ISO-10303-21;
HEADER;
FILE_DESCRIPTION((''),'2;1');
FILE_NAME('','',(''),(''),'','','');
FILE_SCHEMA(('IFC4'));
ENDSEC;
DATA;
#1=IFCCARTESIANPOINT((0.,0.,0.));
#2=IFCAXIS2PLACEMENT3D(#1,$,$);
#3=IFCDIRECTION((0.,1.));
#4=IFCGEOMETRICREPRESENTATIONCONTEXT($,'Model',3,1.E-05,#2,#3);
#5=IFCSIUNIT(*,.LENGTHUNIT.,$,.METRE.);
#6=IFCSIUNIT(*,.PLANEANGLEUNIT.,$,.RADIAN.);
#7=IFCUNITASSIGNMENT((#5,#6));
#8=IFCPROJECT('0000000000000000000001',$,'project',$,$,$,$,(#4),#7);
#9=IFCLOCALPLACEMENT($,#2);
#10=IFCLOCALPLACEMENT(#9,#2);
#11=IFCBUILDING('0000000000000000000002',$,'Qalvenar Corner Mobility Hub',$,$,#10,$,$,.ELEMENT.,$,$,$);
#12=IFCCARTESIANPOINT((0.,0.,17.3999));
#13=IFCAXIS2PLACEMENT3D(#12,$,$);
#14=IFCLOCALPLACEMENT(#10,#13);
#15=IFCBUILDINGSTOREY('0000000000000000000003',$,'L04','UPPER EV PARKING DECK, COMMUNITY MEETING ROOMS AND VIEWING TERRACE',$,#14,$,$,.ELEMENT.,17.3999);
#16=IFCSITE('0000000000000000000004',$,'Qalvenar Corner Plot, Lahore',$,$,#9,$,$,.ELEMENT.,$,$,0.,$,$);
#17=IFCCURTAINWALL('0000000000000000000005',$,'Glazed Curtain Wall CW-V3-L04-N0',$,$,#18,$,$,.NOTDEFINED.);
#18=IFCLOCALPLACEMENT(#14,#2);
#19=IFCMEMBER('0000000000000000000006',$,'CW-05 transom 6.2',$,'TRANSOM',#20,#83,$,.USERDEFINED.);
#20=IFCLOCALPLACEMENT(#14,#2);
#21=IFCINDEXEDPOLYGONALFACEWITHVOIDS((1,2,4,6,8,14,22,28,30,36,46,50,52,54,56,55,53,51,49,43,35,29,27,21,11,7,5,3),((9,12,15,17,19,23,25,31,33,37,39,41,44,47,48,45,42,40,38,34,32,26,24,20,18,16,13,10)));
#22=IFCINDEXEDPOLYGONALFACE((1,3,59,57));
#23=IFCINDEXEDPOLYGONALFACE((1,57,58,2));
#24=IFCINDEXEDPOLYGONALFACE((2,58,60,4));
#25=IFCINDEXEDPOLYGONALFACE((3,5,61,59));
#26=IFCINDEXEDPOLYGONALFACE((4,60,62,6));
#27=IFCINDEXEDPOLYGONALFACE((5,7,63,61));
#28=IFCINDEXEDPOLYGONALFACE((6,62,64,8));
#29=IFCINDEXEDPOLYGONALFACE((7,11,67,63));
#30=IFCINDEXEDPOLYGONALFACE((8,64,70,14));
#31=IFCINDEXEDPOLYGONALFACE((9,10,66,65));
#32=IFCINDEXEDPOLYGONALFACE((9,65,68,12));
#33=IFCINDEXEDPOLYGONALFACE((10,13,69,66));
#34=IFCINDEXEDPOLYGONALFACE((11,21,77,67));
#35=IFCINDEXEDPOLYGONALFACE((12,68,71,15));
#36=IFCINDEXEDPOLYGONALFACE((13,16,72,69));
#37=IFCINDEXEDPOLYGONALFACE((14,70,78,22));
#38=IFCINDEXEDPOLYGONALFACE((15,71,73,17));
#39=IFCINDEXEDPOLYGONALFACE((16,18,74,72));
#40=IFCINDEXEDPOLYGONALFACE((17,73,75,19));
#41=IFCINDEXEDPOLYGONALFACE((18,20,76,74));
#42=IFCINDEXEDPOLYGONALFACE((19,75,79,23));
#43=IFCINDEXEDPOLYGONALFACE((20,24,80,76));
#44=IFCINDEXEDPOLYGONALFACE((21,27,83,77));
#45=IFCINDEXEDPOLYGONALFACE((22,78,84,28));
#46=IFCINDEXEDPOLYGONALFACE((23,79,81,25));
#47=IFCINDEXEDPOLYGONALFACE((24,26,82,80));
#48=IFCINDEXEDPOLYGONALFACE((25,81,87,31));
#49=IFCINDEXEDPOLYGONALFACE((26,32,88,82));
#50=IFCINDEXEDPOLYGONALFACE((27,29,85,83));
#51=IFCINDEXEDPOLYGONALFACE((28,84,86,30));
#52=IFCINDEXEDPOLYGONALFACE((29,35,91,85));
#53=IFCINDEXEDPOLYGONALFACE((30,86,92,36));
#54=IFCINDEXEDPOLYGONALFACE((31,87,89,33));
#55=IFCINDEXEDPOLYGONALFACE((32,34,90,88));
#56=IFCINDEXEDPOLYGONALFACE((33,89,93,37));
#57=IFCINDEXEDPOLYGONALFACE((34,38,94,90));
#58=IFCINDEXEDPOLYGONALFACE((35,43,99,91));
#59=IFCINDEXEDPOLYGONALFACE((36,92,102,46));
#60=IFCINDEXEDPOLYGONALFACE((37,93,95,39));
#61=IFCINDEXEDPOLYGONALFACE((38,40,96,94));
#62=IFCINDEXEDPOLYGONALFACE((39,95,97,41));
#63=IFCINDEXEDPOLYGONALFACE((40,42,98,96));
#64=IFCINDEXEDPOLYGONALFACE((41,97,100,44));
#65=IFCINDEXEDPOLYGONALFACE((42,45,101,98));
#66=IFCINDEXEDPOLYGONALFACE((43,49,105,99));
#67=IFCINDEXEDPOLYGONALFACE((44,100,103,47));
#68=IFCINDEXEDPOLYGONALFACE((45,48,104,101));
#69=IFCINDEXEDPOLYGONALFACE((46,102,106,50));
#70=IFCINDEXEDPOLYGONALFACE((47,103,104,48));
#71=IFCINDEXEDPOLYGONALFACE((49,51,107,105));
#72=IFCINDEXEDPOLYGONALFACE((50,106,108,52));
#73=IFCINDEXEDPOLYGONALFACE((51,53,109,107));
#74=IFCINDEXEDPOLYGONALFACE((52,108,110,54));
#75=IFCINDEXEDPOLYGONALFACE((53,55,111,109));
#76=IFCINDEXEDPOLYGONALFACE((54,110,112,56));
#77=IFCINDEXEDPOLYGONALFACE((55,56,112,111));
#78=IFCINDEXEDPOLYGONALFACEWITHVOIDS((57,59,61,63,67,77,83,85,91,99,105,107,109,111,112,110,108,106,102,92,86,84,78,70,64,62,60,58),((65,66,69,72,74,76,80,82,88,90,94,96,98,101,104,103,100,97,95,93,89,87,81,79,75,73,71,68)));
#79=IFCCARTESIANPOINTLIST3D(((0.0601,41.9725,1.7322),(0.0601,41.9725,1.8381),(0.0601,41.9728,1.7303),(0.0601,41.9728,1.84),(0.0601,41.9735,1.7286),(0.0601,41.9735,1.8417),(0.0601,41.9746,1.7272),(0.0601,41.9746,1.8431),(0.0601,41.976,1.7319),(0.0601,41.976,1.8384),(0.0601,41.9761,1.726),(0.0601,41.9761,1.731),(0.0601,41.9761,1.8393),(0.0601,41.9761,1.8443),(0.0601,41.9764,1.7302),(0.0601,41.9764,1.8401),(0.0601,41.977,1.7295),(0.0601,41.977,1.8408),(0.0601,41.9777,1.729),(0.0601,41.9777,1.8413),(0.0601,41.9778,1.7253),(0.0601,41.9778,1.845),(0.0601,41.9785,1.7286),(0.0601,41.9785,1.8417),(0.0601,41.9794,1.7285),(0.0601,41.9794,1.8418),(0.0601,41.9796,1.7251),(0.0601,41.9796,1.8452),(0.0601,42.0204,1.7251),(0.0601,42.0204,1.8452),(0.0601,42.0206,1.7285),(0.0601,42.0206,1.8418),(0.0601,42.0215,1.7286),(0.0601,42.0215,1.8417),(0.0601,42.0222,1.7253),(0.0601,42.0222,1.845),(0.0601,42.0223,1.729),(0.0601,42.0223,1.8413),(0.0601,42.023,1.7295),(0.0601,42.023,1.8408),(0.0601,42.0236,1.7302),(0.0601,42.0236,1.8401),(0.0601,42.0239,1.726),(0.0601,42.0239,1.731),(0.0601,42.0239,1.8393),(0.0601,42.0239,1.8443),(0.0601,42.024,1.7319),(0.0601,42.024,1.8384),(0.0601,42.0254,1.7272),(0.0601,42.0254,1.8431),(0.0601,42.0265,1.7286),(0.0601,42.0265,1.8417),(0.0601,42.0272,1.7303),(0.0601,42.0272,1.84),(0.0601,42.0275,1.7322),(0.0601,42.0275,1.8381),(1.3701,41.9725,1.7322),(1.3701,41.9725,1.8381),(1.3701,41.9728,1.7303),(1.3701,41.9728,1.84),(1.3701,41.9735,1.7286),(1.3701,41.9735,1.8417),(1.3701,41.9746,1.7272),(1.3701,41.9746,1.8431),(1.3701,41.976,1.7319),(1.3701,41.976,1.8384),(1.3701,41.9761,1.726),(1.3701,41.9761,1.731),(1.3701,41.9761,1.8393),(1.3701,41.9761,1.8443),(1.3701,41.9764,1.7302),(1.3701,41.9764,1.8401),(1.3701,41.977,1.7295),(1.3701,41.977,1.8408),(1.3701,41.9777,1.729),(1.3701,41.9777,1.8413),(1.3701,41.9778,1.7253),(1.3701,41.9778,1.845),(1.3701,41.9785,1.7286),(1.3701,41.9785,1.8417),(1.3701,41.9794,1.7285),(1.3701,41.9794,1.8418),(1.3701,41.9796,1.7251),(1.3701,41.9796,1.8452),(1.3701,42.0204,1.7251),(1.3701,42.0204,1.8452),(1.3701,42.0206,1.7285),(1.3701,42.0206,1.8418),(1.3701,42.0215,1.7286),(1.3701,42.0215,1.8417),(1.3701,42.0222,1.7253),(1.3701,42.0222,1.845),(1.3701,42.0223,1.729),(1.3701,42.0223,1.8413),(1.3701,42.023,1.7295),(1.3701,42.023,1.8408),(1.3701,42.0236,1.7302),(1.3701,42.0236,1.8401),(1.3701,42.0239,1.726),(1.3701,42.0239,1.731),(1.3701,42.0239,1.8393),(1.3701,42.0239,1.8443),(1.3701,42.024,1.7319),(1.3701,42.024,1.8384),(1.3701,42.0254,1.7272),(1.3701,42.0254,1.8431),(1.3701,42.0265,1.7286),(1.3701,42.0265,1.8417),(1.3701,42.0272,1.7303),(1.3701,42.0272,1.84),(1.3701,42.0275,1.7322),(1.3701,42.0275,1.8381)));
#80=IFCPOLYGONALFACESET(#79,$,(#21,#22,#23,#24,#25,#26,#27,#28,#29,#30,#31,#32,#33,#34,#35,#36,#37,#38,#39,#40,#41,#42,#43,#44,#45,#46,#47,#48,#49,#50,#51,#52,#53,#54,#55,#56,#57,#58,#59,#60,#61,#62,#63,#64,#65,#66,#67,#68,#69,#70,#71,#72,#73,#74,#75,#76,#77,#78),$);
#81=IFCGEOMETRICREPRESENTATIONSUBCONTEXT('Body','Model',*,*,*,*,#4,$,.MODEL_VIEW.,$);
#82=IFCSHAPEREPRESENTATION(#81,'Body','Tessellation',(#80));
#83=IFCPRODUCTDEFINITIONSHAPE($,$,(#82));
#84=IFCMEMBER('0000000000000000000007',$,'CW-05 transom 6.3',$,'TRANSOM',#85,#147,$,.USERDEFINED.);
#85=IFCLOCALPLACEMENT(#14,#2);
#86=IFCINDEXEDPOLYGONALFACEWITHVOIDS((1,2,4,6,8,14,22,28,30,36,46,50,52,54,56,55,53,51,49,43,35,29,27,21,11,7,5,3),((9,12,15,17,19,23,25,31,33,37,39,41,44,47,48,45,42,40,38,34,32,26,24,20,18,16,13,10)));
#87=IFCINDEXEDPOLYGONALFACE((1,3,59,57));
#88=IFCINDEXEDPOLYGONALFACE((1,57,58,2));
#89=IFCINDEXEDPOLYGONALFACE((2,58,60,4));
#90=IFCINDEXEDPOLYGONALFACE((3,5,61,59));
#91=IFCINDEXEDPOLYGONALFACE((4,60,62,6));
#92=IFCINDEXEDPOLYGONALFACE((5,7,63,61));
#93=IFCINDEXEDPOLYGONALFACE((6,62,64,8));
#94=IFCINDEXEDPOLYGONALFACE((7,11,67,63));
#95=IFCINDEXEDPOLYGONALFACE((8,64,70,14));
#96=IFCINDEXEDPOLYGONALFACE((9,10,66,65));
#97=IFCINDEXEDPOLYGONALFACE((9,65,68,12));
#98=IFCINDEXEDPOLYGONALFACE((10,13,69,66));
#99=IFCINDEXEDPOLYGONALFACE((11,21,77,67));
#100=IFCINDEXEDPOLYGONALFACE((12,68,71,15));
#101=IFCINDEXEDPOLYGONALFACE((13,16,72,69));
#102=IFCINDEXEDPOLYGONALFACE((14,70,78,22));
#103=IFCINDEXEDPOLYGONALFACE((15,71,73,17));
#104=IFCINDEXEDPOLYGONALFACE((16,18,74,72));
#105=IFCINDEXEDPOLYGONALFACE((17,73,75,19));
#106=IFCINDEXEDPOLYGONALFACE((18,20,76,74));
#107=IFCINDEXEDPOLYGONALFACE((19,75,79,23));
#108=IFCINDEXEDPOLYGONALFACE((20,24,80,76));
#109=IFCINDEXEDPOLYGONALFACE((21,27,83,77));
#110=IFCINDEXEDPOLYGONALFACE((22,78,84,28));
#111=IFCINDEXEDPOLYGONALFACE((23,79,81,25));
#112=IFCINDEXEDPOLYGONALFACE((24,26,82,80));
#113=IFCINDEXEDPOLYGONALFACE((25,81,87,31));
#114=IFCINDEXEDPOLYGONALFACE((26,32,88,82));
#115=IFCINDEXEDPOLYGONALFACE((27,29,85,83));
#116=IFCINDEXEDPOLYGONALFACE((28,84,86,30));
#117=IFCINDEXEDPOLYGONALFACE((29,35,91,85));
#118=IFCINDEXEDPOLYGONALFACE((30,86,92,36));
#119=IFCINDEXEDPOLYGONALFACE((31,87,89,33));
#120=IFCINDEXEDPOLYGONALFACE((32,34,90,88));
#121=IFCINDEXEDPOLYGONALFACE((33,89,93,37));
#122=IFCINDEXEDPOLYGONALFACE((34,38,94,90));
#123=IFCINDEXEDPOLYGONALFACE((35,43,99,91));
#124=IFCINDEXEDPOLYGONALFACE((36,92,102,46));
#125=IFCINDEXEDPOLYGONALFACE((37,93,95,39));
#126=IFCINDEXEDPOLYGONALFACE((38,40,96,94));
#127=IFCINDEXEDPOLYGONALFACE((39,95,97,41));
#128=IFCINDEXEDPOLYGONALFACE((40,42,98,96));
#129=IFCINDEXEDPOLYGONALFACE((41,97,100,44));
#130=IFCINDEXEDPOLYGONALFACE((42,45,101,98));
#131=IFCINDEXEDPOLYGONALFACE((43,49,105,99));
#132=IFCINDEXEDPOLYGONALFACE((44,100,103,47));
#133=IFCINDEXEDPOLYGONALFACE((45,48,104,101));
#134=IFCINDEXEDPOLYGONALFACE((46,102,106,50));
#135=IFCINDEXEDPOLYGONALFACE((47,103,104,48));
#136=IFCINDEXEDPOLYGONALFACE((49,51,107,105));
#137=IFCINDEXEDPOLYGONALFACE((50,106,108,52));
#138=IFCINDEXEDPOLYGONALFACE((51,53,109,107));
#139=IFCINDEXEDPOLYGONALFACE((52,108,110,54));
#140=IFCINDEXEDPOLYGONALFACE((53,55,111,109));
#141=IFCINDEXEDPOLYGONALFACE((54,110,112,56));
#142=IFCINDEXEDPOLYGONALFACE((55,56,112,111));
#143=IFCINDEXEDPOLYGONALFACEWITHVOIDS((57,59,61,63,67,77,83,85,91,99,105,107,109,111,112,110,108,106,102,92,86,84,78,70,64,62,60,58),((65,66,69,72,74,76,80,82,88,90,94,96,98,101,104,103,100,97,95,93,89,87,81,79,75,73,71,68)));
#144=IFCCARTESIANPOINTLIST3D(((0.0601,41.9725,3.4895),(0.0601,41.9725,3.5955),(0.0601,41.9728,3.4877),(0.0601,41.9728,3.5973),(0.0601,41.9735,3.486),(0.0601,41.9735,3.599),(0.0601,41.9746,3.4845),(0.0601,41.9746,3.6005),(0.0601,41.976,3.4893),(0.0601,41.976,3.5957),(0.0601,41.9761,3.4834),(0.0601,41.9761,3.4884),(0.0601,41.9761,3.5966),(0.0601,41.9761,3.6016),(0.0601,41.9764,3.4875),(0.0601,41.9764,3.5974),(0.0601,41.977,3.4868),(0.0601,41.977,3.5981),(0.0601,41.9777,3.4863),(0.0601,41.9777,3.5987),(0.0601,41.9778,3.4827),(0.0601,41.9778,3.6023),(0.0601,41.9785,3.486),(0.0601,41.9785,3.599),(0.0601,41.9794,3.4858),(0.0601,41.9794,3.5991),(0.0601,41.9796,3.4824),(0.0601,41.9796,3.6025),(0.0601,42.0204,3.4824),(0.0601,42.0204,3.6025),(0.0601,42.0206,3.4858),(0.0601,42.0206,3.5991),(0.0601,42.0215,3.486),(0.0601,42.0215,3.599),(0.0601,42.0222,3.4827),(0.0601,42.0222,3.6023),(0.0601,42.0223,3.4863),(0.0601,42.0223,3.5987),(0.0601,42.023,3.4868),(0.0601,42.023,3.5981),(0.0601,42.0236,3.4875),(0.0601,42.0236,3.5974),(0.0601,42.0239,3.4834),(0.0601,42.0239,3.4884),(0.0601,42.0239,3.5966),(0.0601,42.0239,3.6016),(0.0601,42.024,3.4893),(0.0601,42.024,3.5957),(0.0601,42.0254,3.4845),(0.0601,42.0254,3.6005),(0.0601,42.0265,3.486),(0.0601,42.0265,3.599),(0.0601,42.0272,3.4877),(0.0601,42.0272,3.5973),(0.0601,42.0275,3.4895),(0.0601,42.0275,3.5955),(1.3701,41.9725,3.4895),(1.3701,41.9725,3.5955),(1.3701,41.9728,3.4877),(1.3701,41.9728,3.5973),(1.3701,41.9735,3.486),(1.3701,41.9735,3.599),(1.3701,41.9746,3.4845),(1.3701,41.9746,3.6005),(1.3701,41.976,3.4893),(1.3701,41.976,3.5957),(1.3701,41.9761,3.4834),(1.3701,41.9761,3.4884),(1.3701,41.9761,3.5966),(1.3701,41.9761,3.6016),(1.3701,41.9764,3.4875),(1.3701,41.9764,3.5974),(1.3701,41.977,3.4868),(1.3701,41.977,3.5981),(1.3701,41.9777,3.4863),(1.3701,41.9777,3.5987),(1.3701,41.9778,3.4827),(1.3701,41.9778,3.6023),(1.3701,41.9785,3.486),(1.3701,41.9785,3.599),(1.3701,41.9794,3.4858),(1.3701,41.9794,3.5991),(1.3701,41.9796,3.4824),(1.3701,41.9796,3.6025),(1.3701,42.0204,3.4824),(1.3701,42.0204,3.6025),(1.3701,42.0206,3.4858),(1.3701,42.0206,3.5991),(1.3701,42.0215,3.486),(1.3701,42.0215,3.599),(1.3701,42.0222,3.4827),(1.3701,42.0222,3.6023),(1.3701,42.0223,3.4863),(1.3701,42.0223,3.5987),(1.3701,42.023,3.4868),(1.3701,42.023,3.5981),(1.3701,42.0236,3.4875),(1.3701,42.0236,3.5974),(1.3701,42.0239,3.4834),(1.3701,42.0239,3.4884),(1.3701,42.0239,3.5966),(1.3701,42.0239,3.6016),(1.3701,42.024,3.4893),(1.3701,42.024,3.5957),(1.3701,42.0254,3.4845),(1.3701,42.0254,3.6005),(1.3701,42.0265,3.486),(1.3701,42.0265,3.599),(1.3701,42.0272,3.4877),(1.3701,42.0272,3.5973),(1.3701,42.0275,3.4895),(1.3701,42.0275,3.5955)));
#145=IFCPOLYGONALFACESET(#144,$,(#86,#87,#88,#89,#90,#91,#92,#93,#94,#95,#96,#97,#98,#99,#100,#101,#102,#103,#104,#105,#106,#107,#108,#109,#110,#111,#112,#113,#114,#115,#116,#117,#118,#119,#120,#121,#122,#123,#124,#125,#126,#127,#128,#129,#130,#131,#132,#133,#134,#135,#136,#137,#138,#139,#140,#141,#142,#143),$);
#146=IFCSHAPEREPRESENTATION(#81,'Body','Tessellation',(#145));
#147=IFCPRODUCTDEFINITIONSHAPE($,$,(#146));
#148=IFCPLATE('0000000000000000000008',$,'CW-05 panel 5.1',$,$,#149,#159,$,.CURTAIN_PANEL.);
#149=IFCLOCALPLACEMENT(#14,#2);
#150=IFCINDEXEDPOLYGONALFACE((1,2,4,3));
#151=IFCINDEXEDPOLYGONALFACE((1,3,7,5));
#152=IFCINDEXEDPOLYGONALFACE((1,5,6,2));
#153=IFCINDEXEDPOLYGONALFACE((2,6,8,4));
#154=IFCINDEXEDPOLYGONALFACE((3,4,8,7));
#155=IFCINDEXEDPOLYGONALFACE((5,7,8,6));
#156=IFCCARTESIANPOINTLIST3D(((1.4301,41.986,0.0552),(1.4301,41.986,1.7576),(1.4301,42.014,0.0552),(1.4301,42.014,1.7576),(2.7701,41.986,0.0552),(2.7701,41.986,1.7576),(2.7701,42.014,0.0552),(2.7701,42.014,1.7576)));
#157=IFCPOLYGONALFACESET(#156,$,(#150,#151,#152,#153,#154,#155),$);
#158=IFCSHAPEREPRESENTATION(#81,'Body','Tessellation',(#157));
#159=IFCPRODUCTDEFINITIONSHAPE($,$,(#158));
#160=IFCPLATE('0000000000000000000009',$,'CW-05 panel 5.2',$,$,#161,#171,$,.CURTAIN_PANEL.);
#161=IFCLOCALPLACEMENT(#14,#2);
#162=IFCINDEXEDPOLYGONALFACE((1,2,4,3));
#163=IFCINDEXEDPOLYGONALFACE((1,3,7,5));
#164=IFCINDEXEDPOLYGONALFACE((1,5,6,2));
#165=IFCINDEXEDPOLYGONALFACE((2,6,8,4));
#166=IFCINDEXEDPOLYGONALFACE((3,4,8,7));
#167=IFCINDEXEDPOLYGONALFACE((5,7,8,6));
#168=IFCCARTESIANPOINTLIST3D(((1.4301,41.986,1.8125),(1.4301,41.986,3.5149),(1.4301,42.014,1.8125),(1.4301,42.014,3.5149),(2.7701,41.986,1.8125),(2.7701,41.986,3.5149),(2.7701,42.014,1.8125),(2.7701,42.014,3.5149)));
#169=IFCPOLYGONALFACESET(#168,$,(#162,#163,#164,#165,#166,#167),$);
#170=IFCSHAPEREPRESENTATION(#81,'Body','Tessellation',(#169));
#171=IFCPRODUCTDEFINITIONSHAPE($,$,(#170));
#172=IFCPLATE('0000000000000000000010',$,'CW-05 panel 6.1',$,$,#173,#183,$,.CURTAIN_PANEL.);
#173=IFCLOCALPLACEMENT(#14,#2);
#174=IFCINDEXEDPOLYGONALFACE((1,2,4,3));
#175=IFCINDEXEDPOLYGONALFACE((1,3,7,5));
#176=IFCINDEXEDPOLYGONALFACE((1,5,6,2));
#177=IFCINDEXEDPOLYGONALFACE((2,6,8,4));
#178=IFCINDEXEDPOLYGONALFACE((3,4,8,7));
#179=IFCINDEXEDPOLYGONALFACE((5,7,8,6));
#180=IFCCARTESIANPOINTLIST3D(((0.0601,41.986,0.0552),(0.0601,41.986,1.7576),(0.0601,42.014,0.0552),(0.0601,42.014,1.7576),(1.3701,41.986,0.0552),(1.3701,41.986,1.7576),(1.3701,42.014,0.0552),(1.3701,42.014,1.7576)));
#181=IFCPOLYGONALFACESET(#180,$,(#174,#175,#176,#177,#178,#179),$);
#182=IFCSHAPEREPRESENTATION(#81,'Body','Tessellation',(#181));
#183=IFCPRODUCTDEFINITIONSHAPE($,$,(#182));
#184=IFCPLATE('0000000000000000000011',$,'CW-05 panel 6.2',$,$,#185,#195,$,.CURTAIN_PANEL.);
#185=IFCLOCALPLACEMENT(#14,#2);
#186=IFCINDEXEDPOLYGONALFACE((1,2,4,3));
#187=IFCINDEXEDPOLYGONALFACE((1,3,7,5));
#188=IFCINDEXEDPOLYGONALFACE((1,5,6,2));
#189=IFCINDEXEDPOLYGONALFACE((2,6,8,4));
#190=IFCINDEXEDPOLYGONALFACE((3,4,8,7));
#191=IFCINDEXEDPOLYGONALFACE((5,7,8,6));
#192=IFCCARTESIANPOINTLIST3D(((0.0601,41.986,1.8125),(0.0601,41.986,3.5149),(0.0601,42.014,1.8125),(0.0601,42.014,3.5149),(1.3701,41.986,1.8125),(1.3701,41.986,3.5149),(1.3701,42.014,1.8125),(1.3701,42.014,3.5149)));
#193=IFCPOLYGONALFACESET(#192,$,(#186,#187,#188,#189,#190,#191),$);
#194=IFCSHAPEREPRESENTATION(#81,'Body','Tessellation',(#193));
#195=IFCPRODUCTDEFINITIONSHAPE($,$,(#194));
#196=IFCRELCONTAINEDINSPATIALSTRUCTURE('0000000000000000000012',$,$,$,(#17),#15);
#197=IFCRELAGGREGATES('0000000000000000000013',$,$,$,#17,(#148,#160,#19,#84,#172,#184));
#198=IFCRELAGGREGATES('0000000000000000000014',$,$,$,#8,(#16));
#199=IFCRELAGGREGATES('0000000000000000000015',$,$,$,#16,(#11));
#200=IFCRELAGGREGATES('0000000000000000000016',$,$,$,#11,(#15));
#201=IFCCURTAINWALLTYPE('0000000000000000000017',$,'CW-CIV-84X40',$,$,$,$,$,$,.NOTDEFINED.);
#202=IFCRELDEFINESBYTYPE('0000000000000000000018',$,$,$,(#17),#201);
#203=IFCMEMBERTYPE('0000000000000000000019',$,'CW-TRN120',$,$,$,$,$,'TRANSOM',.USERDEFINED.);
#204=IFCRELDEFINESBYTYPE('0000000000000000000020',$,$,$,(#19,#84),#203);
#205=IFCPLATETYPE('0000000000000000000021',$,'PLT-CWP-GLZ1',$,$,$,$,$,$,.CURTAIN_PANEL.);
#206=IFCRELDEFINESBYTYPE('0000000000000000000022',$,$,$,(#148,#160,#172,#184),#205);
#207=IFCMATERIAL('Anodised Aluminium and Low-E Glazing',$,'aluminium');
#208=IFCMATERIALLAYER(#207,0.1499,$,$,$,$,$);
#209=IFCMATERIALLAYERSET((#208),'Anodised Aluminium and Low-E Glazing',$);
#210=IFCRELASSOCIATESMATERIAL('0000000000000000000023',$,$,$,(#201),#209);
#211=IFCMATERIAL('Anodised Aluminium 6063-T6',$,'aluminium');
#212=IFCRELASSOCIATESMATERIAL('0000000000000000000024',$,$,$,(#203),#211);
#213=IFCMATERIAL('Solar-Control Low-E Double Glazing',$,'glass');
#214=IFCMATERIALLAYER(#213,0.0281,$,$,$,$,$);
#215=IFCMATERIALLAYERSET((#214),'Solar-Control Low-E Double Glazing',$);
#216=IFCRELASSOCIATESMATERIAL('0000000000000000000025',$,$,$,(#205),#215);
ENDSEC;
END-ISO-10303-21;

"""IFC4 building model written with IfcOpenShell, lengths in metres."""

from ifc_helpers import new_model, si_unit, direction, frame, origin, origin_2d, place, context, subcontext, project, spatial, rectangle, hollow_rectangle, extrude, material, layer, layer_set, material_profile, profile_set, type_object, element, aggregate, save


model = new_model("IFC4")

# Units and contexts
model_context = context("Model", 3, precision=1e-05, world=origin(), true_north=direction((0.0, 1.0)))
body_context = subcontext(model_context, "Body", "Model", "MODEL_VIEW")
ifc_project = project(units=[si_unit("LENGTHUNIT", "METRE"), si_unit("PLANEANGLEUNIT", "RADIAN")], contexts=[model_context])

# Site, building, storey
site_placement = place(None, origin())
site = spatial("IfcSite", under=ifc_project, at=site_placement, Name="Qalvenar Corner Plot, Lahore", CompositionType="ELEMENT", RefElevation=0.0)
building_placement = place(site_placement, origin())
building = spatial("IfcBuilding", under=site, at=building_placement, Name="Qalvenar Corner Mobility Hub", CompositionType="ELEMENT")
storey_placement = place(building_placement, frame((0.0, 0.0, 17.3999)))
storey = spatial("IfcBuildingStorey", under=building, at=storey_placement, Name="L04", Description="UPPER EV PARKING DECK, COMMUNITY MEETING ROOMS AND VIEWING TERRACE", CompositionType="ELEMENT", Elevation=17.3999)

# Curtain wall, members, plates
ifc_material_1 = material(Name="Anodised Aluminium and Low-E Glazing", Category="aluminium")
ifc_layer_1 = layer(ifc_material_1, 0.1499)
ifc_layer_set_1 = layer_set([ifc_layer_1], Name="Anodised Aluminium and Low-E Glazing")
curtain_wall_type = type_object("IfcCurtainWallType", Name="CW-CIV-84X40", PredefinedType="NOTDEFINED", material=ifc_layer_set_1)
curtain_wall_placement = place(storey_placement, origin())
curtain_wall = element("IfcCurtainWall", 1, at=curtain_wall_placement, inside=storey, type_object=curtain_wall_type, Name="Glazed Curtain Wall CW-V3-L04-N0", PredefinedType="NOTDEFINED")
ifc_material_2 = material(Name="Anodised Aluminium 6063-T6", Category="aluminium")
ifc_material_profile_1 = material_profile(ifc_material_2, hollow_rectangle(XDim=0.0549, YDim=0.1201, WallThickness=0.0034, InnerFilletRadius=0.0034, OuterFilletRadius=0.0071, at=origin_2d()), Name="RHS120x55x3.5")
ifc_profile_set_1 = profile_set([ifc_material_profile_1], Name="Anodised Aluminium 6063-T6")
member_type_1 = type_object("IfcMemberType", Name="CW-TRN120", ElementType="TRANSOM", PredefinedType="USERDEFINED", material=ifc_profile_set_1)
member_1_placement = place(storey_placement, frame((1.3701, 42.0, 1.7852), z_axis=(-1.0, 0.0, 0.0), x_axis=(0.0, -1.0, 0.0)))
member_1 = element("IfcMember", 2, at=member_1_placement, type_object=member_type_1, Name="CW-05 transom 6.2", ObjectType="TRANSOM", PredefinedType="USERDEFINED", context=body_context, shape_type="SweptSolid", body=[
    extrude(hollow_rectangle(XDim=0.0549, YDim=0.1201, WallThickness=0.0034, InnerFilletRadius=0.0034, OuterFilletRadius=0.0071, at=origin_2d()), origin(), (0.0, 0.0, 1.0), 1.3101),
])
member_2_placement = place(storey_placement, frame((1.3701, 42.0, 3.5425), z_axis=(-1.0, 0.0, 0.0), x_axis=(0.0, -1.0, 0.0)))
member_2 = element("IfcMember", 3, at=member_2_placement, type_object=member_type_1, Name="CW-05 transom 6.3", ObjectType="TRANSOM", PredefinedType="USERDEFINED", context=body_context, shape_type="SweptSolid", body=[
    extrude(hollow_rectangle(XDim=0.0549, YDim=0.1201, WallThickness=0.0034, InnerFilletRadius=0.0034, OuterFilletRadius=0.0071, at=origin_2d()), origin(), (0.0, 0.0, 1.0), 1.3101),
])
ifc_material_3 = material(Name="Solar-Control Low-E Double Glazing", Category="glass")
ifc_layer_2 = layer(ifc_material_3, 0.0281)
ifc_layer_set_2 = layer_set([ifc_layer_2], Name="Solar-Control Low-E Double Glazing")
plate_type = type_object("IfcPlateType", Name="PLT-CWP-GLZ1", PredefinedType="CURTAIN_PANEL", material=ifc_layer_set_2)
plate_1_placement = place(storey_placement, frame((2.1001, 42.0, 0.0552), z_axis=(0.0, 0.0, 1.0), x_axis=(-1.0, 0.0, 0.0)))
plate_1 = element("IfcPlate", 4, at=plate_1_placement, type_object=plate_type, Name="CW-05 panel 5.1", PredefinedType="CURTAIN_PANEL", context=body_context, shape_type="SweptSolid", body=[
    extrude(rectangle(XDim=1.3401, YDim=0.0281, at=origin_2d()), origin(), (0.0, 0.0, 1.0), 1.7024),
])
plate_2_placement = place(storey_placement, frame((2.1001, 42.0, 1.8125), z_axis=(0.0, 0.0, 1.0), x_axis=(-1.0, 0.0, 0.0)))
plate_2 = element("IfcPlate", 5, at=plate_2_placement, type_object=plate_type, Name="CW-05 panel 5.2", PredefinedType="CURTAIN_PANEL", context=body_context, shape_type="SweptSolid", body=[
    extrude(rectangle(XDim=1.3401, YDim=0.0281, at=origin_2d()), origin(), (0.0, 0.0, 1.0), 1.7024),
])
plate_3_placement = place(storey_placement, frame((0.7151, 42.0, 0.0552), z_axis=(0.0, 0.0, 1.0), x_axis=(-1.0, 0.0, 0.0)))
plate_3 = element("IfcPlate", 6, at=plate_3_placement, type_object=plate_type, Name="CW-05 panel 6.1", PredefinedType="CURTAIN_PANEL", context=body_context, shape_type="SweptSolid", body=[
    extrude(rectangle(XDim=1.3101, YDim=0.0281, at=origin_2d()), origin(), (0.0, 0.0, 1.0), 1.7024),
])
plate_4_placement = place(storey_placement, frame((0.7151, 42.0, 1.8125), z_axis=(0.0, 0.0, 1.0), x_axis=(-1.0, 0.0, 0.0)))
plate_4 = element("IfcPlate", 7, at=plate_4_placement, type_object=plate_type, Name="CW-05 panel 6.2", PredefinedType="CURTAIN_PANEL", context=body_context, shape_type="SweptSolid", body=[
    extrude(rectangle(XDim=1.3101, YDim=0.0281, at=origin_2d()), origin(), (0.0, 0.0, 1.0), 1.7024),
])
aggregate(curtain_wall, [plate_1, plate_2, member_1, member_2, plate_3, plate_4])

save(model, "model.ifc")
